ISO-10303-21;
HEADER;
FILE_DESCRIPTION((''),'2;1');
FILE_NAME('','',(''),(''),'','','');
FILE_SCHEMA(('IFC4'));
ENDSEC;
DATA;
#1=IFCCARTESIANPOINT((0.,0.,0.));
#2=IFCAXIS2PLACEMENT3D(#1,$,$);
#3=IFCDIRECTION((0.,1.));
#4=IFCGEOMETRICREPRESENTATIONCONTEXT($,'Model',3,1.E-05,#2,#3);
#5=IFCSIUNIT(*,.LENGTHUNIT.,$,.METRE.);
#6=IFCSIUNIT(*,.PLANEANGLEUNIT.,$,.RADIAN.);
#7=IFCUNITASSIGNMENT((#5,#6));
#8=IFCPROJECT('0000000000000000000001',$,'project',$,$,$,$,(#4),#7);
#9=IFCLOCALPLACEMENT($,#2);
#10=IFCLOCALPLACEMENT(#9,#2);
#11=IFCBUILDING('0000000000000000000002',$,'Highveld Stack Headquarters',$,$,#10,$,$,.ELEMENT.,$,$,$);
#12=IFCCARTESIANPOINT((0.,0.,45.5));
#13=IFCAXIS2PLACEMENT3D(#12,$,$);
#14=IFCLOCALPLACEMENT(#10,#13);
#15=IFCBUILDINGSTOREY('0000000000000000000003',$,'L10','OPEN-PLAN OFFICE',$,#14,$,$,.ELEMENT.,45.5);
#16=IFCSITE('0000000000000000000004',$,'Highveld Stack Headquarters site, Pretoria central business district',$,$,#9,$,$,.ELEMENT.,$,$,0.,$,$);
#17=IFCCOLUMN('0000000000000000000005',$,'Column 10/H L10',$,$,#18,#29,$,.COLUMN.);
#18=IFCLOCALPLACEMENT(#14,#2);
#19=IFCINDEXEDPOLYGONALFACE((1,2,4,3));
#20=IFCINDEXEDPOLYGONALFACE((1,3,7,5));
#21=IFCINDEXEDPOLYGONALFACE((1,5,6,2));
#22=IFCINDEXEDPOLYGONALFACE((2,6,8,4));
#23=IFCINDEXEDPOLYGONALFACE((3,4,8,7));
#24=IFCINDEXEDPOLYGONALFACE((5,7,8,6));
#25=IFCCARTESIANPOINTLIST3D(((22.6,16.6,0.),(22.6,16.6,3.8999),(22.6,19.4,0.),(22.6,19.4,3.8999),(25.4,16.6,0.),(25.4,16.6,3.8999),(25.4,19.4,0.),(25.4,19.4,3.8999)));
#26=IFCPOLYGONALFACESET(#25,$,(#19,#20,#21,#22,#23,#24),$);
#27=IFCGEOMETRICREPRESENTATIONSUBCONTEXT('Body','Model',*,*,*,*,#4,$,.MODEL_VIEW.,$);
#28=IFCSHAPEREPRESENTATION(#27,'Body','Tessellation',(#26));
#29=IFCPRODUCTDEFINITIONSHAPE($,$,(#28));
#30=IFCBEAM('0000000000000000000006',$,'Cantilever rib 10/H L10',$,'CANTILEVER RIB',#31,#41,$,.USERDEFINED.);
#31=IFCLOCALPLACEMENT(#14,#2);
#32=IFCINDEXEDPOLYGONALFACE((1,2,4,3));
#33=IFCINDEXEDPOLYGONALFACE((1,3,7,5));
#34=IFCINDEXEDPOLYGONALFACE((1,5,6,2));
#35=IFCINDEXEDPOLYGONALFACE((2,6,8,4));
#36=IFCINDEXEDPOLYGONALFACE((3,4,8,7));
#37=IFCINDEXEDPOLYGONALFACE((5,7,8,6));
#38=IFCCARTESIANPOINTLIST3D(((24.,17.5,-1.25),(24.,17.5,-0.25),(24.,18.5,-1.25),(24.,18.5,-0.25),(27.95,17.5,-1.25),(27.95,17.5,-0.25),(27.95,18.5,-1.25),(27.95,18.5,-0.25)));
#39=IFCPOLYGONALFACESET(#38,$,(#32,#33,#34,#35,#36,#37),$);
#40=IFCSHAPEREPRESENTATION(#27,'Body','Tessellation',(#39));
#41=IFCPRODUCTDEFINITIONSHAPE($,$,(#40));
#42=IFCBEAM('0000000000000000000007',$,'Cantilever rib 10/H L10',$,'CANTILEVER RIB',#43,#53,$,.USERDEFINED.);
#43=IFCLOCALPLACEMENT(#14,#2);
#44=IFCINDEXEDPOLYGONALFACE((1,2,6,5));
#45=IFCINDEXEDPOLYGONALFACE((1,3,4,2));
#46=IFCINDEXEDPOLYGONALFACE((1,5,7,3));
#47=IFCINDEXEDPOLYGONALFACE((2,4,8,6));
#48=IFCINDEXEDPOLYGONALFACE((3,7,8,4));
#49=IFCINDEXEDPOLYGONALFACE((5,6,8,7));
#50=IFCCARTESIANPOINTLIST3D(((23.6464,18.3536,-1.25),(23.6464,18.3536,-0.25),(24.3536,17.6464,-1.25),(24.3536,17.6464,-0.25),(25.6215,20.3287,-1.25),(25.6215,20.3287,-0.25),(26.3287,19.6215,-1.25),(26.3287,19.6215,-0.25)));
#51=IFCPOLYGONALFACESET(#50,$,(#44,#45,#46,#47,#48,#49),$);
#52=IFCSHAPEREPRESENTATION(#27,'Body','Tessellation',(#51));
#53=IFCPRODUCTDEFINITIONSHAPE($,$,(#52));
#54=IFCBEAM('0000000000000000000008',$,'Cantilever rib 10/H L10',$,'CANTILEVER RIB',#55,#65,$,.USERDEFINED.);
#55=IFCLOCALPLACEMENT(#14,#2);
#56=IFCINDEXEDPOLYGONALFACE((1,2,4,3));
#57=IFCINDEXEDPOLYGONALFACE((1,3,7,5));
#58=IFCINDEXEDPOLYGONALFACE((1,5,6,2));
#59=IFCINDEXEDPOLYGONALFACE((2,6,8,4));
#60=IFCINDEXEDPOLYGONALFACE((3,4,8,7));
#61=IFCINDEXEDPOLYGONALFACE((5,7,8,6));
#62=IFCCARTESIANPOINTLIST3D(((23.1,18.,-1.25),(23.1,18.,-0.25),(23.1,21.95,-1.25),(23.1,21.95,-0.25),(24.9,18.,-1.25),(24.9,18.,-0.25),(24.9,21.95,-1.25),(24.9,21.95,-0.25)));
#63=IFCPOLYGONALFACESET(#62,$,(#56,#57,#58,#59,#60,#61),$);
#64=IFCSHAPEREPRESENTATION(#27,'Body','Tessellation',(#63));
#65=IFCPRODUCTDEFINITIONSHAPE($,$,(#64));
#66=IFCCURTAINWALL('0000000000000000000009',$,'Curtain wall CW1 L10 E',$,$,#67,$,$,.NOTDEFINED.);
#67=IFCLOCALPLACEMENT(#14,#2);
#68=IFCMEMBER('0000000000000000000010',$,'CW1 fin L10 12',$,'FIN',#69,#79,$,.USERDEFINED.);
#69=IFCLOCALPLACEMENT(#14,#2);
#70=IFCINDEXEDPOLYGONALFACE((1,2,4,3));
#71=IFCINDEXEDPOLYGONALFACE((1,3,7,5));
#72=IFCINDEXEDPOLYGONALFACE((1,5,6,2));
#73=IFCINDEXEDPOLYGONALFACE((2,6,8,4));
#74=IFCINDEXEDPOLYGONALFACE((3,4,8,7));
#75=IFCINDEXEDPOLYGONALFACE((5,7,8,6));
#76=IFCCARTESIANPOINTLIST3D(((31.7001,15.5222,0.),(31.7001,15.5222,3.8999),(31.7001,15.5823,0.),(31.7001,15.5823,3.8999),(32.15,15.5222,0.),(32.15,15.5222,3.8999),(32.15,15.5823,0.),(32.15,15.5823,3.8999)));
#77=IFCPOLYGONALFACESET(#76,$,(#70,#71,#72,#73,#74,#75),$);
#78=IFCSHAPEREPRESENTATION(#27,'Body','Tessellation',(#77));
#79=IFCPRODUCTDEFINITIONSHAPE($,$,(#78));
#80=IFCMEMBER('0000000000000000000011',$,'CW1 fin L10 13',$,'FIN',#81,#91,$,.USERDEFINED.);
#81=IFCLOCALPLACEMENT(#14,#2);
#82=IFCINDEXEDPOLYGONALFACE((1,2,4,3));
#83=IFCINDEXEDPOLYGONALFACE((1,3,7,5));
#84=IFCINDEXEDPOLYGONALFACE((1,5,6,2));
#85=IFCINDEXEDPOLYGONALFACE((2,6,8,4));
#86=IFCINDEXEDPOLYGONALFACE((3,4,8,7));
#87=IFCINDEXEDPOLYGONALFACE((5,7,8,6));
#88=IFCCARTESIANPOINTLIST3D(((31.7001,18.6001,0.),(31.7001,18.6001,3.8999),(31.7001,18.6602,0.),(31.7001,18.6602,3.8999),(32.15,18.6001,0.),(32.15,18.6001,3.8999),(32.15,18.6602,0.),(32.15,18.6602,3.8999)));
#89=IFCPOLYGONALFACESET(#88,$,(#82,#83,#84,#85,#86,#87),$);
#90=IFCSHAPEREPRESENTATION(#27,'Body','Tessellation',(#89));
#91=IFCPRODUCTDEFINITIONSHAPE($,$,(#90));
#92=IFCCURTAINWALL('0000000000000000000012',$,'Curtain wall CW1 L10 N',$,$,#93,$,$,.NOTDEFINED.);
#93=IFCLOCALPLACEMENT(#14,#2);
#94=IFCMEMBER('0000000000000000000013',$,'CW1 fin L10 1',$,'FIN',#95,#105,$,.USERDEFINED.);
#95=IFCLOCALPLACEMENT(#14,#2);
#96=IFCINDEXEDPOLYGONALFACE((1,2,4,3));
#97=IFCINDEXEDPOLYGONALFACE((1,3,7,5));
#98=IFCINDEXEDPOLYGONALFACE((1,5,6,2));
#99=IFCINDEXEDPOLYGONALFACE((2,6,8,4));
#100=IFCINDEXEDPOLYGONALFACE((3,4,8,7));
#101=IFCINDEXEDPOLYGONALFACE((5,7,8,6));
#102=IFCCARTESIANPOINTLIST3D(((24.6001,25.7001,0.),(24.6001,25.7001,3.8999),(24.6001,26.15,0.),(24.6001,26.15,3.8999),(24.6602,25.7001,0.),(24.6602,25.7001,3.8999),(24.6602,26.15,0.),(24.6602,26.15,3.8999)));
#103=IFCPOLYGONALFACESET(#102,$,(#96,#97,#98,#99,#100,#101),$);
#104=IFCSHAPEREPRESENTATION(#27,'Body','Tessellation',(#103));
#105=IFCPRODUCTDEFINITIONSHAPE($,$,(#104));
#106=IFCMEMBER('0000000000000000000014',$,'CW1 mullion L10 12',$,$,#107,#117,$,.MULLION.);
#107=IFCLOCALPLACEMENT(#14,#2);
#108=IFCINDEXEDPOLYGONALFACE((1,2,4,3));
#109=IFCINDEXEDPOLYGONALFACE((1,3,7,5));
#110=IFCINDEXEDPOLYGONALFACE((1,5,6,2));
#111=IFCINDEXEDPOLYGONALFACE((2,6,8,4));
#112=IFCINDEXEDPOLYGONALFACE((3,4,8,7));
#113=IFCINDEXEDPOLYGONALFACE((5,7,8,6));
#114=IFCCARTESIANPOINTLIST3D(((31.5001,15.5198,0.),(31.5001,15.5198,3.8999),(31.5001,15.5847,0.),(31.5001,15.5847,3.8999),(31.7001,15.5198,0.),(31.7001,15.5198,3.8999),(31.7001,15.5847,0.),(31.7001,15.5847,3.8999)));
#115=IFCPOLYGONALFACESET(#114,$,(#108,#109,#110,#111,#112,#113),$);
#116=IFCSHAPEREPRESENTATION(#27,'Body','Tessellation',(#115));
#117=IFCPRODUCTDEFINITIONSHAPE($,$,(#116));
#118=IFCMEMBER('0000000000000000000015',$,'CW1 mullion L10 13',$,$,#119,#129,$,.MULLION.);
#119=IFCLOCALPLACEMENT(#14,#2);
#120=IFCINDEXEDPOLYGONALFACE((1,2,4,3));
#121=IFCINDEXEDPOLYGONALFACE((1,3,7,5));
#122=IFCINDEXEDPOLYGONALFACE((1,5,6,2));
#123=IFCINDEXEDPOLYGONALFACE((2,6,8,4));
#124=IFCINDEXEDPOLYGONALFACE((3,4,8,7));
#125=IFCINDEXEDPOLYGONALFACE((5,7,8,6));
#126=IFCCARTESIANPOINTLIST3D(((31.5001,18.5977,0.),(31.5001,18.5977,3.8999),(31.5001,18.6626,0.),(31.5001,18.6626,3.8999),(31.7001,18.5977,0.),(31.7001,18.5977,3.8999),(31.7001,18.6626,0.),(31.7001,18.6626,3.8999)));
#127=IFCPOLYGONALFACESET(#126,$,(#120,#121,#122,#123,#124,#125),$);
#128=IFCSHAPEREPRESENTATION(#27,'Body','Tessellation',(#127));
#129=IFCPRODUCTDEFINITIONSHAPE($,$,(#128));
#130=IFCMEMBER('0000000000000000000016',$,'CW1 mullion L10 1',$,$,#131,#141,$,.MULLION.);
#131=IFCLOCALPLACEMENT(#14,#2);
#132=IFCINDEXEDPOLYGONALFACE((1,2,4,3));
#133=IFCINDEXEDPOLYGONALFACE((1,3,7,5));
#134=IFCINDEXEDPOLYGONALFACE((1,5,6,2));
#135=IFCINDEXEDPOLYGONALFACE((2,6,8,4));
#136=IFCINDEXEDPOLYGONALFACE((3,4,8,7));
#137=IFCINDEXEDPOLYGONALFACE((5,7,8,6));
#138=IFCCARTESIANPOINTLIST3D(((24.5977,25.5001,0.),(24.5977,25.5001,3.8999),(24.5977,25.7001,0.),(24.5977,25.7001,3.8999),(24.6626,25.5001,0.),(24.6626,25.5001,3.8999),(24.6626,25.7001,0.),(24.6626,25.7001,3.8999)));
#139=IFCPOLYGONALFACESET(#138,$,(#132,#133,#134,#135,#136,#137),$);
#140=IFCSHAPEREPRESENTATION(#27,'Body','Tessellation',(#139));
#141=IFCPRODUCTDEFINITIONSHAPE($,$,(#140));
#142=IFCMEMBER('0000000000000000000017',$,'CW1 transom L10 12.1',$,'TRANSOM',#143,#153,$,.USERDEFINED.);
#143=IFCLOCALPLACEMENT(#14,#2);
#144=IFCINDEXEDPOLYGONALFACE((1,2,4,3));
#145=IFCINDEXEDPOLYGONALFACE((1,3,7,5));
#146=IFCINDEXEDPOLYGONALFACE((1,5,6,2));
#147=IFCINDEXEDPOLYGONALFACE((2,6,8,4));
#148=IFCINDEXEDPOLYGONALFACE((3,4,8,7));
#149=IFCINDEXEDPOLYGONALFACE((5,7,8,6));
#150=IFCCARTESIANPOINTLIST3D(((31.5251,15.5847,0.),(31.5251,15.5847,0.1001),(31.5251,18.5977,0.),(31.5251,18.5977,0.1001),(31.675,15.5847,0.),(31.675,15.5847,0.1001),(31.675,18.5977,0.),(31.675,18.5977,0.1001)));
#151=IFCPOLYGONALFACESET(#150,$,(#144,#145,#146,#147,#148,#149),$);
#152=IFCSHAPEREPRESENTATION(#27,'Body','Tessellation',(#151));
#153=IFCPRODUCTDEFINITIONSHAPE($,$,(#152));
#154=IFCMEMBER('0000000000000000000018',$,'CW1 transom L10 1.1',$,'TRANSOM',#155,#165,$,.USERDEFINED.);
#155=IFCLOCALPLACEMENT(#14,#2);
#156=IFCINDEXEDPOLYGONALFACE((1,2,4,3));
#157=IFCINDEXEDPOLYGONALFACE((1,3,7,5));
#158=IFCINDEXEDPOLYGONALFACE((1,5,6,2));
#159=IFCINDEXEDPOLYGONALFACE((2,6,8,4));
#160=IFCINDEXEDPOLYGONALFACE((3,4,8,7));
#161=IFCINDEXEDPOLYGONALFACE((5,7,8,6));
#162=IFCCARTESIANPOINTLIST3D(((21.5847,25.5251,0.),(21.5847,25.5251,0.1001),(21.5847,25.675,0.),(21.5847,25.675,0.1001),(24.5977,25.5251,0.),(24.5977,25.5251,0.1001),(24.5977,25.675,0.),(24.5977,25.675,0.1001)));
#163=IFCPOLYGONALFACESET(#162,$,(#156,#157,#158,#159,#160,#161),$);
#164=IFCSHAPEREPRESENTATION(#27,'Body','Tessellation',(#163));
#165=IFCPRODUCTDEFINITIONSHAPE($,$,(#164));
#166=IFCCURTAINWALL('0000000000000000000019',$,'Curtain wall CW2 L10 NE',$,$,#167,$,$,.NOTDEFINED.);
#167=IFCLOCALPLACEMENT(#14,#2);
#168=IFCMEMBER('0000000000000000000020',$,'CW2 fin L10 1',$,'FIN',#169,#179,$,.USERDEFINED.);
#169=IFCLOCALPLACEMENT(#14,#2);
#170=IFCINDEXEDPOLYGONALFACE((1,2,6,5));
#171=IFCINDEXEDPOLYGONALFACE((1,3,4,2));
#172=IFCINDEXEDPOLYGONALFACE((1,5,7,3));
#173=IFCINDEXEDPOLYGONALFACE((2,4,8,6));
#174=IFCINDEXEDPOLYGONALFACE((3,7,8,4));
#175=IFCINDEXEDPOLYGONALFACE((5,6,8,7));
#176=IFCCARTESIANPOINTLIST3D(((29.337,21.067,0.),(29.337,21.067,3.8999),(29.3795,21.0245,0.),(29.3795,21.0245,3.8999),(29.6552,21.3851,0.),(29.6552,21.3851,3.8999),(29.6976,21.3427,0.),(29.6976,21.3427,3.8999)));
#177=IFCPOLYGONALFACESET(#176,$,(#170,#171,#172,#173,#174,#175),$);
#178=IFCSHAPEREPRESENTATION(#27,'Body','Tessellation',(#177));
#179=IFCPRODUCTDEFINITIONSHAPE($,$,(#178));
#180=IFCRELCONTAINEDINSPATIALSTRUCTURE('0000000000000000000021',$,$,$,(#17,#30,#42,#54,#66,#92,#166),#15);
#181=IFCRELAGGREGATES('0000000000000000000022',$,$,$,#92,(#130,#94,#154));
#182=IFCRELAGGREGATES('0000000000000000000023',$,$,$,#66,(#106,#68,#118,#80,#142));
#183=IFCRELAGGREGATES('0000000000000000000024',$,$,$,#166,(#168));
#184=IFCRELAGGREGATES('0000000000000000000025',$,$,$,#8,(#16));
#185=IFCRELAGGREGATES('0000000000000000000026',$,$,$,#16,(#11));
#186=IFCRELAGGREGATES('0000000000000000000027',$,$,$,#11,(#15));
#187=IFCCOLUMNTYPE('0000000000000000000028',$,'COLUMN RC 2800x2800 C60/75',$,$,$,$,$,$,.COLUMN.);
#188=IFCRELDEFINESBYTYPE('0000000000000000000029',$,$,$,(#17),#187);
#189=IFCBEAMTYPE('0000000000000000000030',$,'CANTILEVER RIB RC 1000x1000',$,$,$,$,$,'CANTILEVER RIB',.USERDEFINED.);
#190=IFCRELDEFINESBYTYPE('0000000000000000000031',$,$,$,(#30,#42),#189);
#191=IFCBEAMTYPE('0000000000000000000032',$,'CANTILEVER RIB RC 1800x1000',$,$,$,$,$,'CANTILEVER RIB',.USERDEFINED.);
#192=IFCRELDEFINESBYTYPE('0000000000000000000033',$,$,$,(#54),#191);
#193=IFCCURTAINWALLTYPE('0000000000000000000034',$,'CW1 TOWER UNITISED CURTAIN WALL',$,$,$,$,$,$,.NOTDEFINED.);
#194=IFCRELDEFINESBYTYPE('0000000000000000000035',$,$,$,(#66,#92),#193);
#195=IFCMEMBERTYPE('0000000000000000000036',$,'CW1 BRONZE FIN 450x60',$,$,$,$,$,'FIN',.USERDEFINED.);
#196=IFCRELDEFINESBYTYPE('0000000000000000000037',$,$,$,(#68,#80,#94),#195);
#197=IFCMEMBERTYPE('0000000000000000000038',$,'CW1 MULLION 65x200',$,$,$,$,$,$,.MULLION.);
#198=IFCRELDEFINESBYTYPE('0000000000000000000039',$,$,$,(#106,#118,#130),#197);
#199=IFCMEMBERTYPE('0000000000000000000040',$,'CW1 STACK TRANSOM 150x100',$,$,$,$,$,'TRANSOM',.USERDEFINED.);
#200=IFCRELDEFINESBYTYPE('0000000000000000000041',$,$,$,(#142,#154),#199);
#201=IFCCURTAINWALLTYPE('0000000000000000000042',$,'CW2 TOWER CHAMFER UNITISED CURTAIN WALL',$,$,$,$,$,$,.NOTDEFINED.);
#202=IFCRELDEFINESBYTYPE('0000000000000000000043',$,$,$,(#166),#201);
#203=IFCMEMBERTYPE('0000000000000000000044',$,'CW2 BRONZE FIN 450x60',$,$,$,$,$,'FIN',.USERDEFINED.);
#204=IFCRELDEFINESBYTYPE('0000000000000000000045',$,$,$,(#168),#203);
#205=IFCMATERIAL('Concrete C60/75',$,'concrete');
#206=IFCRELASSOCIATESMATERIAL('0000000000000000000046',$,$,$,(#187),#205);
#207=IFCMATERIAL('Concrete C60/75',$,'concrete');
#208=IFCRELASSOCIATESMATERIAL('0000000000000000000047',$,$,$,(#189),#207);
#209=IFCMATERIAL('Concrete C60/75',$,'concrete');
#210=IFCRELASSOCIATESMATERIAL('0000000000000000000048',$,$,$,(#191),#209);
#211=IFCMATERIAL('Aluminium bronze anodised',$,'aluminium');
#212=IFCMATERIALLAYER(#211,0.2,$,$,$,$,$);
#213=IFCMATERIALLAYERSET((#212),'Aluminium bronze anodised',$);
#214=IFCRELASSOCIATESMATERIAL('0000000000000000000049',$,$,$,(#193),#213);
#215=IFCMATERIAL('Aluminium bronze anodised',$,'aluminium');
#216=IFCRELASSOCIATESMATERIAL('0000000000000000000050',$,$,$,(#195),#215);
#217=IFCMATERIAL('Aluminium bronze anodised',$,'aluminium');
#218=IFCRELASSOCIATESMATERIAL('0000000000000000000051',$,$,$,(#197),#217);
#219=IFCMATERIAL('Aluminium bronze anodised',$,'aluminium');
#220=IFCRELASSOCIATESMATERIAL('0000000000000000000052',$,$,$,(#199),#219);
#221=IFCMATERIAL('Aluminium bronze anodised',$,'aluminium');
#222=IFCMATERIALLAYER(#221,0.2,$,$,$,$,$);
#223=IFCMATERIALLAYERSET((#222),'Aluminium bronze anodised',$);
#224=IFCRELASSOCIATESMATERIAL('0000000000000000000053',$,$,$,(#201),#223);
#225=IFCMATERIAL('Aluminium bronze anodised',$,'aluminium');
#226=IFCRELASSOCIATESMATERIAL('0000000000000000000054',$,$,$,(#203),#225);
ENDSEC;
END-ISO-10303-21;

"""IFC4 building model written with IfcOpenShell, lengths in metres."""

from ifc_helpers import new_model, si_unit, direction, frame, origin, origin_2d, place, context, subcontext, project, spatial, rectangle, extrude, material, layer, layer_set, material_profile, profile_set, type_object, element, aggregate, save


model = new_model("IFC4")

# Units and contexts
model_context = context("Model", 3, precision=1e-05, world=origin(), true_north=direction((0.0, 1.0)))
body_context = subcontext(model_context, "Body", "Model", "MODEL_VIEW")
ifc_project = project(units=[si_unit("LENGTHUNIT", "METRE"), si_unit("PLANEANGLEUNIT", "RADIAN")], contexts=[model_context])

# Site, building, storey
site_placement = place(None, origin())
site = spatial("IfcSite", under=ifc_project, at=site_placement, Name="Highveld Stack Headquarters site, Pretoria central business district", CompositionType="ELEMENT", RefElevation=0.0)
building_placement = place(site_placement, origin())
building = spatial("IfcBuilding", under=site, at=building_placement, Name="Highveld Stack Headquarters", CompositionType="ELEMENT")
storey_placement = place(building_placement, frame((0.0, 0.0, 45.5)))
storey = spatial("IfcBuildingStorey", under=building, at=storey_placement, Name="L10", Description="OPEN-PLAN OFFICE", CompositionType="ELEMENT", Elevation=45.5)

# Column
ifc_material_1 = material(Name="Concrete C60/75", Category="concrete")
ifc_material_profile_1 = material_profile(ifc_material_1, rectangle(XDim=2.8, YDim=2.8, at=origin_2d()), Name="RC 2800x2800")
ifc_profile_set_1 = profile_set([ifc_material_profile_1], Name="Concrete C60/75")
column_type = type_object("IfcColumnType", Name="COLUMN RC 2800x2800 C60/75", PredefinedType="COLUMN", material=ifc_profile_set_1)
column_placement = place(storey_placement, frame((24.0, 18.0, 0.0), z_axis=(0.0, 0.0, 1.0), x_axis=(1.0, 0.0, 0.0)))
element("IfcColumn", 1, at=column_placement, inside=storey, type_object=column_type, Name="Column 10/H L10", PredefinedType="COLUMN", context=body_context, shape_type="SweptSolid", body=[
    extrude(rectangle(XDim=2.8, YDim=2.8, at=origin_2d()), origin(), (0.0, 0.0, 1.0), 3.8999),
])

# Beams
ifc_material_2 = material(Name="Concrete C60/75", Category="concrete")
ifc_material_profile_2 = material_profile(ifc_material_2, rectangle(XDim=1.0, YDim=1.0, at=origin_2d()), Name="RC 1000x1000")
ifc_profile_set_2 = profile_set([ifc_material_profile_2], Name="Concrete C60/75")
beam_type_1 = type_object("IfcBeamType", Name="CANTILEVER RIB RC 1000x1000", ElementType="CANTILEVER RIB", PredefinedType="USERDEFINED", material=ifc_profile_set_2)
beam_1_placement = place(storey_placement, frame((24.0, 18.0, -0.75), z_axis=(1.0, 0.0, 0.0), x_axis=(0.0, 1.0, 0.0)))
element("IfcBeam", 2, at=beam_1_placement, inside=storey, type_object=beam_type_1, Name="Cantilever rib 10/H L10", ObjectType="CANTILEVER RIB", PredefinedType="USERDEFINED", context=body_context, shape_type="SweptSolid", body=[
    extrude(rectangle(XDim=1.0, YDim=1.0, at=origin_2d()), origin(), (0.0, 0.0, 1.0), 3.95),
])
beam_2_placement = place(storey_placement, frame((24.0, 18.0, -0.75), z_axis=(0.707107, 0.707107, 0.0), x_axis=(-0.707107, 0.707107, 0.0)))
element("IfcBeam", 3, at=beam_2_placement, inside=storey, type_object=beam_type_1, Name="Cantilever rib 10/H L10", ObjectType="CANTILEVER RIB", PredefinedType="USERDEFINED", context=body_context, shape_type="SweptSolid", body=[
    extrude(rectangle(XDim=1.0, YDim=1.0, at=origin_2d()), origin(), (0.0, 0.0, 1.0), 2.7932),
])
ifc_material_3 = material(Name="Concrete C60/75", Category="concrete")
ifc_material_profile_3 = material_profile(ifc_material_3, rectangle(XDim=1.8, YDim=1.0, at=origin_2d()), Name="RC 1800x1000")
ifc_profile_set_3 = profile_set([ifc_material_profile_3], Name="Concrete C60/75")
beam_type_2 = type_object("IfcBeamType", Name="CANTILEVER RIB RC 1800x1000", ElementType="CANTILEVER RIB", PredefinedType="USERDEFINED", material=ifc_profile_set_3)
beam_3_placement = place(storey_placement, frame((24.0, 18.0, -0.75), z_axis=(0.0, 1.0, 0.0), x_axis=(-1.0, 0.0, 0.0)))
element("IfcBeam", 4, at=beam_3_placement, inside=storey, type_object=beam_type_2, Name="Cantilever rib 10/H L10", ObjectType="CANTILEVER RIB", PredefinedType="USERDEFINED", context=body_context, shape_type="SweptSolid", body=[
    extrude(rectangle(XDim=1.8, YDim=1.0, at=origin_2d()), origin(), (0.0, 0.0, 1.0), 3.95),
])

# Curtain wall, members
ifc_material_4 = material(Name="Aluminium bronze anodised", Category="aluminium")
ifc_layer_1 = layer(ifc_material_4, 0.2)
ifc_layer_set_1 = layer_set([ifc_layer_1], Name="Aluminium bronze anodised")
curtain_wall_type_1 = type_object("IfcCurtainWallType", Name="CW1 TOWER UNITISED CURTAIN WALL", PredefinedType="NOTDEFINED", material=ifc_layer_set_1)
curtain_wall_1_placement = place(storey_placement, origin())
curtain_wall_1 = element("IfcCurtainWall", 5, at=curtain_wall_1_placement, inside=storey, type_object=curtain_wall_type_1, Name="Curtain wall CW1 L10 E", PredefinedType="NOTDEFINED")
ifc_material_5 = material(Name="Aluminium bronze anodised", Category="aluminium")
ifc_material_profile_4 = material_profile(ifc_material_5, rectangle(XDim=0.45, YDim=0.0601, at=origin_2d()), Name="FIN 450x60")
ifc_profile_set_4 = profile_set([ifc_material_profile_4], Name="Aluminium bronze anodised")
member_type_1 = type_object("IfcMemberType", Name="CW1 BRONZE FIN 450x60", ElementType="FIN", PredefinedType="USERDEFINED", material=ifc_profile_set_4)
member_1_placement = place(storey_placement, frame((31.925, 15.5522, 0.0), z_axis=(0.0, 0.0, 1.0), x_axis=(-1.0, 0.0, 0.0)))
member_1 = element("IfcMember", 6, at=member_1_placement, type_object=member_type_1, Name="CW1 fin L10 12", ObjectType="FIN", PredefinedType="USERDEFINED", context=body_context, shape_type="SweptSolid", body=[
    extrude(rectangle(XDim=0.45, YDim=0.0601, at=origin_2d()), origin(), (0.0, 0.0, 1.0), 3.8999),
])
member_2_placement = place(storey_placement, frame((31.925, 18.6301, 0.0), z_axis=(0.0, 0.0, 1.0), x_axis=(-1.0, 0.0, 0.0)))
member_2 = element("IfcMember", 7, at=member_2_placement, type_object=member_type_1, Name="CW1 fin L10 13", ObjectType="FIN", PredefinedType="USERDEFINED", context=body_context, shape_type="SweptSolid", body=[
    extrude(rectangle(XDim=0.45, YDim=0.0601, at=origin_2d()), origin(), (0.0, 0.0, 1.0), 3.8999),
])

# Curtain wall, member
curtain_wall_2_placement = place(storey_placement, origin())
curtain_wall_2 = element("IfcCurtainWall", 8, at=curtain_wall_2_placement, inside=storey, type_object=curtain_wall_type_1, Name="Curtain wall CW1 L10 N", PredefinedType="NOTDEFINED")
member_3_placement = place(storey_placement, frame((24.6301, 25.925, 0.0), z_axis=(0.0, 0.0, 1.0), x_axis=(0.0, -1.0, 0.0)))
member_3 = element("IfcMember", 9, at=member_3_placement, type_object=member_type_1, Name="CW1 fin L10 1", ObjectType="FIN", PredefinedType="USERDEFINED", context=body_context, shape_type="SweptSolid", body=[
    extrude(rectangle(XDim=0.45, YDim=0.0601, at=origin_2d()), origin(), (0.0, 0.0, 1.0), 3.8999),
])

# Members
ifc_material_6 = material(Name="Aluminium bronze anodised", Category="aluminium")
ifc_material_profile_5 = material_profile(ifc_material_6, rectangle(XDim=0.2, YDim=0.0649, at=origin_2d()), Name="CW1 MULLION 65x200")
ifc_profile_set_5 = profile_set([ifc_material_profile_5], Name="Aluminium bronze anodised")
member_type_2 = type_object("IfcMemberType", Name="CW1 MULLION 65x200", PredefinedType="MULLION", material=ifc_profile_set_5)
member_4_placement = place(storey_placement, frame((31.6001, 15.5522, 0.0), z_axis=(0.0, 0.0, 1.0), x_axis=(-1.0, 0.0, 0.0)))
member_4 = element("IfcMember", 10, at=member_4_placement, type_object=member_type_2, Name="CW1 mullion L10 12", PredefinedType="MULLION", context=body_context, shape_type="SweptSolid", body=[
    extrude(rectangle(XDim=0.2, YDim=0.0649, at=origin_2d()), origin(), (0.0, 0.0, 1.0), 3.8999),
])
member_5_placement = place(storey_placement, frame((31.6001, 18.6301, 0.0), z_axis=(0.0, 0.0, 1.0), x_axis=(-1.0, 0.0, 0.0)))
member_5 = element("IfcMember", 11, at=member_5_placement, type_object=member_type_2, Name="CW1 mullion L10 13", PredefinedType="MULLION", context=body_context, shape_type="SweptSolid", body=[
    extrude(rectangle(XDim=0.2, YDim=0.0649, at=origin_2d()), origin(), (0.0, 0.0, 1.0), 3.8999),
])
member_6_placement = place(storey_placement, frame((24.6301, 25.6001, 0.0), z_axis=(0.0, 0.0, 1.0), x_axis=(0.0, -1.0, 0.0)))
member_6 = element("IfcMember", 12, at=member_6_placement, type_object=member_type_2, Name="CW1 mullion L10 1", PredefinedType="MULLION", context=body_context, shape_type="SweptSolid", body=[
    extrude(rectangle(XDim=0.2, YDim=0.0649, at=origin_2d()), origin(), (0.0, 0.0, 1.0), 3.8999),
])
ifc_material_7 = material(Name="Aluminium bronze anodised", Category="aluminium")
ifc_material_profile_6 = material_profile(ifc_material_7, rectangle(XDim=0.1499, YDim=0.1001, at=origin_2d()), Name="CW1 TRANSOM 150x100")
ifc_profile_set_6 = profile_set([ifc_material_profile_6], Name="Aluminium bronze anodised")
member_type_3 = type_object("IfcMemberType", Name="CW1 STACK TRANSOM 150x100", ElementType="TRANSOM", PredefinedType="USERDEFINED", material=ifc_profile_set_6)
member_7_placement = place(storey_placement, frame((31.6001, 15.5847, 0.05), z_axis=(0.0, 1.0, 0.0), x_axis=(-1.0, 0.0, 0.0)))
member_7 = element("IfcMember", 13, at=member_7_placement, type_object=member_type_3, Name="CW1 transom L10 12.1", ObjectType="TRANSOM", PredefinedType="USERDEFINED", context=body_context, shape_type="SweptSolid", body=[
    extrude(rectangle(XDim=0.1499, YDim=0.1001, at=origin_2d()), origin(), (0.0, 0.0, 1.0), 3.0129),
])
member_8_placement = place(storey_placement, frame((24.5977, 25.6001, 0.05), z_axis=(-1.0, 0.0, 0.0), x_axis=(0.0, -1.0, 0.0)))
member_8 = element("IfcMember", 14, at=member_8_placement, type_object=member_type_3, Name="CW1 transom L10 1.1", ObjectType="TRANSOM", PredefinedType="USERDEFINED", context=body_context, shape_type="SweptSolid", body=[
    extrude(rectangle(XDim=0.1499, YDim=0.1001, at=origin_2d()), origin(), (0.0, 0.0, 1.0), 3.0129),
])
aggregate(curtain_wall_2, [member_6, member_3, member_8])

# Curtain wall, member
ifc_material_8 = material(Name="Aluminium bronze anodised", Category="aluminium")
ifc_layer_2 = layer(ifc_material_8, 0.2)
ifc_layer_set_2 = layer_set([ifc_layer_2], Name="Aluminium bronze anodised")
curtain_wall_type_2 = type_object("IfcCurtainWallType", Name="CW2 TOWER CHAMFER UNITISED CURTAIN WALL", PredefinedType="NOTDEFINED", material=ifc_layer_set_2)
curtain_wall_3_placement = place(storey_placement, origin())
curtain_wall_3 = element("IfcCurtainWall", 15, at=curtain_wall_3_placement, inside=storey, type_object=curtain_wall_type_2, Name="Curtain wall CW2 L10 NE", PredefinedType="NOTDEFINED")
ifc_material_9 = material(Name="Aluminium bronze anodised", Category="aluminium")
ifc_material_profile_7 = material_profile(ifc_material_9, rectangle(XDim=0.45, YDim=0.0601, at=origin_2d()), Name="FIN 450x60")
ifc_profile_set_7 = profile_set([ifc_material_profile_7], Name="Aluminium bronze anodised")
member_type_4 = type_object("IfcMemberType", Name="CW2 BRONZE FIN 450x60", ElementType="FIN", PredefinedType="USERDEFINED", material=ifc_profile_set_7)
member_9_placement = place(storey_placement, frame((29.5173, 21.2048, 0.0), z_axis=(0.0, 0.0, 1.0), x_axis=(-0.707107, -0.707107, 0.0)))
member_9 = element("IfcMember", 16, at=member_9_placement, type_object=member_type_4, Name="CW2 fin L10 1", ObjectType="FIN", PredefinedType="USERDEFINED", context=body_context, shape_type="SweptSolid", body=[
    extrude(rectangle(XDim=0.45, YDim=0.0601, at=origin_2d()), origin(), (0.0, 0.0, 1.0), 3.8999),
])

aggregate(curtain_wall_1, [member_4, member_1, member_5, member_2, member_7])
aggregate(curtain_wall_3, [member_9])

save(model, "model.ifc")
